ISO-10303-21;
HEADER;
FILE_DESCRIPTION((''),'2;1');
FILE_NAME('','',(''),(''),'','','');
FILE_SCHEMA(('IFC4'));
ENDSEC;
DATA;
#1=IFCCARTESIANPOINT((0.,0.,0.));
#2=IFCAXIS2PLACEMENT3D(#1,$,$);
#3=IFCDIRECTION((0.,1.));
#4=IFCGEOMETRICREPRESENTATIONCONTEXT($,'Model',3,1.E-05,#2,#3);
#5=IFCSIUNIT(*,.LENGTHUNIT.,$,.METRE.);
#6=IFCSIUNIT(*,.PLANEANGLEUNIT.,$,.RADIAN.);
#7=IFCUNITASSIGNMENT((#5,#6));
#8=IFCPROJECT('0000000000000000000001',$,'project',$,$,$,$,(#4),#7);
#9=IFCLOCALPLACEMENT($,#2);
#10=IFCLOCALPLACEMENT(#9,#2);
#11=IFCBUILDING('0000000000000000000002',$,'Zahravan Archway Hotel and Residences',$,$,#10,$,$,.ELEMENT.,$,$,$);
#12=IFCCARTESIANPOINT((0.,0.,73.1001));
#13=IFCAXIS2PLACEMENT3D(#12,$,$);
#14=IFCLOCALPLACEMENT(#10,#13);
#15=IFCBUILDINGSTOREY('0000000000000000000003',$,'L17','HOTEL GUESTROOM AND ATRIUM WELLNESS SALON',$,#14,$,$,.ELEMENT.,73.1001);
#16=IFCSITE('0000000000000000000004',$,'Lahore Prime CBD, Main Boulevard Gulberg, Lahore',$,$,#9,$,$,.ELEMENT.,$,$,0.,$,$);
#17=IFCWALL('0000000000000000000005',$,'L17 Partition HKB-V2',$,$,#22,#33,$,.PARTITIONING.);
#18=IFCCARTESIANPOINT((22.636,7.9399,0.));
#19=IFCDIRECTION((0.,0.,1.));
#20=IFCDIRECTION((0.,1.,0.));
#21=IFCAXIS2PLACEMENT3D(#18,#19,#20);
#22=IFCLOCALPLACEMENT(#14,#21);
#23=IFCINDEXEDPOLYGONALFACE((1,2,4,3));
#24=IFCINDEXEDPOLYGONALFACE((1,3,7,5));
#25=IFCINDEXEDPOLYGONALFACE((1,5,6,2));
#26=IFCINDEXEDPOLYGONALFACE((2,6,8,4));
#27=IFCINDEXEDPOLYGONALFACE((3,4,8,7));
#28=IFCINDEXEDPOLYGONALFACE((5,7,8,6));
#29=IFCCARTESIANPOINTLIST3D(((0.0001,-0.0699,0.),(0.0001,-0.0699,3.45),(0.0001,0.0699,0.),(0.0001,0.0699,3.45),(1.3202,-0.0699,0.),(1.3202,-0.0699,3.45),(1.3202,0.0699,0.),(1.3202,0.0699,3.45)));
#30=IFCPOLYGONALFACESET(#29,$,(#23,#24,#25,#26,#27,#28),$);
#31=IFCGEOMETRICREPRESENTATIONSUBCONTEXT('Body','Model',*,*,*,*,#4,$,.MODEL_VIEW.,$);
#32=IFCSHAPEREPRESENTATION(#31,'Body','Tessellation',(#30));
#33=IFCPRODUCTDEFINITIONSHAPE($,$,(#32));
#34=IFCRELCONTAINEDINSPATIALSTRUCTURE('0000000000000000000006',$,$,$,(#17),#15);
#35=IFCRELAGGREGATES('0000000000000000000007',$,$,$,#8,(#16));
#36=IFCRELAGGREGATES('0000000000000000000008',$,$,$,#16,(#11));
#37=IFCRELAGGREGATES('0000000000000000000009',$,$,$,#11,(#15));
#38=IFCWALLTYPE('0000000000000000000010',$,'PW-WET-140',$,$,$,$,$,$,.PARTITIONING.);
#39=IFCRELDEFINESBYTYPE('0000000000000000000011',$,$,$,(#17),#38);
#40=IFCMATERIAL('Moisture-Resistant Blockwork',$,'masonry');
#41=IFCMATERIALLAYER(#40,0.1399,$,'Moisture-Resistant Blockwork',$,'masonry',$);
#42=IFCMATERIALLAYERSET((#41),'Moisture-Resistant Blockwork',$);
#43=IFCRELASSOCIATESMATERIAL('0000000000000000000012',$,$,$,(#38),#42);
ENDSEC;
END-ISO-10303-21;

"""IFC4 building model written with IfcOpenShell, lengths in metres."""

from ifc_helpers import new_model, si_unit, direction, frame, frame_2d, origin, place, context, subcontext, project, spatial, rectangle, extrude, material, layer, layer_set, type_object, element, save


model = new_model("IFC4")

# Units and contexts
model_context = context("Model", 3, precision=1e-05, world=origin(), true_north=direction((0.0, 1.0)))
body_context = subcontext(model_context, "Body", "Model", "MODEL_VIEW")
ifc_project = project(units=[si_unit("LENGTHUNIT", "METRE"), si_unit("PLANEANGLEUNIT", "RADIAN")], contexts=[model_context])

# Site, building, storey
site_placement = place(None, origin())
site = spatial("IfcSite", under=ifc_project, at=site_placement, Name="Lahore Prime CBD, Main Boulevard Gulberg, Lahore", CompositionType="ELEMENT", RefElevation=0.0)
building_placement = place(site_placement, origin())
building = spatial("IfcBuilding", under=site, at=building_placement, Name="Zahravan Archway Hotel and Residences", CompositionType="ELEMENT")
storey_placement = place(building_placement, frame((0.0, 0.0, 73.1001)))
storey = spatial("IfcBuildingStorey", under=building, at=storey_placement, Name="L17", Description="HOTEL GUESTROOM AND ATRIUM WELLNESS SALON", CompositionType="ELEMENT", Elevation=73.1001)

# Shared definitions
ifc_material_1 = material(Name="Moisture-Resistant Blockwork", Category="masonry")
ifc_layer_1 = layer(ifc_material_1, 0.1399, Name="Moisture-Resistant Blockwork", Category="masonry")
ifc_layer_set_1 = layer_set([ifc_layer_1], Name="Moisture-Resistant Blockwork")
wall_type_1 = type_object("IfcWallType", Name="PW-WET-140", PredefinedType="PARTITIONING", material=ifc_layer_set_1)

# Wall
wall_1_placement = place(storey_placement, frame((22.636, 7.9399, 0.0), z_axis=(0.0, 0.0, 1.0), x_axis=(0.0, 1.0, 0.0)))
element("IfcWall", 1, at=wall_1_placement, inside=storey, type_object=wall_type_1, Name="L17 Partition HKB-V2", PredefinedType="PARTITIONING", context=body_context, shape_type="SweptSolid", body=[
    extrude(rectangle(XDim=1.3201, YDim=0.1399, at=frame_2d((0.6602, 0.0))), origin(), (0.0, 0.0, 1.0), 3.45),
])

save(model, "model.ifc")
